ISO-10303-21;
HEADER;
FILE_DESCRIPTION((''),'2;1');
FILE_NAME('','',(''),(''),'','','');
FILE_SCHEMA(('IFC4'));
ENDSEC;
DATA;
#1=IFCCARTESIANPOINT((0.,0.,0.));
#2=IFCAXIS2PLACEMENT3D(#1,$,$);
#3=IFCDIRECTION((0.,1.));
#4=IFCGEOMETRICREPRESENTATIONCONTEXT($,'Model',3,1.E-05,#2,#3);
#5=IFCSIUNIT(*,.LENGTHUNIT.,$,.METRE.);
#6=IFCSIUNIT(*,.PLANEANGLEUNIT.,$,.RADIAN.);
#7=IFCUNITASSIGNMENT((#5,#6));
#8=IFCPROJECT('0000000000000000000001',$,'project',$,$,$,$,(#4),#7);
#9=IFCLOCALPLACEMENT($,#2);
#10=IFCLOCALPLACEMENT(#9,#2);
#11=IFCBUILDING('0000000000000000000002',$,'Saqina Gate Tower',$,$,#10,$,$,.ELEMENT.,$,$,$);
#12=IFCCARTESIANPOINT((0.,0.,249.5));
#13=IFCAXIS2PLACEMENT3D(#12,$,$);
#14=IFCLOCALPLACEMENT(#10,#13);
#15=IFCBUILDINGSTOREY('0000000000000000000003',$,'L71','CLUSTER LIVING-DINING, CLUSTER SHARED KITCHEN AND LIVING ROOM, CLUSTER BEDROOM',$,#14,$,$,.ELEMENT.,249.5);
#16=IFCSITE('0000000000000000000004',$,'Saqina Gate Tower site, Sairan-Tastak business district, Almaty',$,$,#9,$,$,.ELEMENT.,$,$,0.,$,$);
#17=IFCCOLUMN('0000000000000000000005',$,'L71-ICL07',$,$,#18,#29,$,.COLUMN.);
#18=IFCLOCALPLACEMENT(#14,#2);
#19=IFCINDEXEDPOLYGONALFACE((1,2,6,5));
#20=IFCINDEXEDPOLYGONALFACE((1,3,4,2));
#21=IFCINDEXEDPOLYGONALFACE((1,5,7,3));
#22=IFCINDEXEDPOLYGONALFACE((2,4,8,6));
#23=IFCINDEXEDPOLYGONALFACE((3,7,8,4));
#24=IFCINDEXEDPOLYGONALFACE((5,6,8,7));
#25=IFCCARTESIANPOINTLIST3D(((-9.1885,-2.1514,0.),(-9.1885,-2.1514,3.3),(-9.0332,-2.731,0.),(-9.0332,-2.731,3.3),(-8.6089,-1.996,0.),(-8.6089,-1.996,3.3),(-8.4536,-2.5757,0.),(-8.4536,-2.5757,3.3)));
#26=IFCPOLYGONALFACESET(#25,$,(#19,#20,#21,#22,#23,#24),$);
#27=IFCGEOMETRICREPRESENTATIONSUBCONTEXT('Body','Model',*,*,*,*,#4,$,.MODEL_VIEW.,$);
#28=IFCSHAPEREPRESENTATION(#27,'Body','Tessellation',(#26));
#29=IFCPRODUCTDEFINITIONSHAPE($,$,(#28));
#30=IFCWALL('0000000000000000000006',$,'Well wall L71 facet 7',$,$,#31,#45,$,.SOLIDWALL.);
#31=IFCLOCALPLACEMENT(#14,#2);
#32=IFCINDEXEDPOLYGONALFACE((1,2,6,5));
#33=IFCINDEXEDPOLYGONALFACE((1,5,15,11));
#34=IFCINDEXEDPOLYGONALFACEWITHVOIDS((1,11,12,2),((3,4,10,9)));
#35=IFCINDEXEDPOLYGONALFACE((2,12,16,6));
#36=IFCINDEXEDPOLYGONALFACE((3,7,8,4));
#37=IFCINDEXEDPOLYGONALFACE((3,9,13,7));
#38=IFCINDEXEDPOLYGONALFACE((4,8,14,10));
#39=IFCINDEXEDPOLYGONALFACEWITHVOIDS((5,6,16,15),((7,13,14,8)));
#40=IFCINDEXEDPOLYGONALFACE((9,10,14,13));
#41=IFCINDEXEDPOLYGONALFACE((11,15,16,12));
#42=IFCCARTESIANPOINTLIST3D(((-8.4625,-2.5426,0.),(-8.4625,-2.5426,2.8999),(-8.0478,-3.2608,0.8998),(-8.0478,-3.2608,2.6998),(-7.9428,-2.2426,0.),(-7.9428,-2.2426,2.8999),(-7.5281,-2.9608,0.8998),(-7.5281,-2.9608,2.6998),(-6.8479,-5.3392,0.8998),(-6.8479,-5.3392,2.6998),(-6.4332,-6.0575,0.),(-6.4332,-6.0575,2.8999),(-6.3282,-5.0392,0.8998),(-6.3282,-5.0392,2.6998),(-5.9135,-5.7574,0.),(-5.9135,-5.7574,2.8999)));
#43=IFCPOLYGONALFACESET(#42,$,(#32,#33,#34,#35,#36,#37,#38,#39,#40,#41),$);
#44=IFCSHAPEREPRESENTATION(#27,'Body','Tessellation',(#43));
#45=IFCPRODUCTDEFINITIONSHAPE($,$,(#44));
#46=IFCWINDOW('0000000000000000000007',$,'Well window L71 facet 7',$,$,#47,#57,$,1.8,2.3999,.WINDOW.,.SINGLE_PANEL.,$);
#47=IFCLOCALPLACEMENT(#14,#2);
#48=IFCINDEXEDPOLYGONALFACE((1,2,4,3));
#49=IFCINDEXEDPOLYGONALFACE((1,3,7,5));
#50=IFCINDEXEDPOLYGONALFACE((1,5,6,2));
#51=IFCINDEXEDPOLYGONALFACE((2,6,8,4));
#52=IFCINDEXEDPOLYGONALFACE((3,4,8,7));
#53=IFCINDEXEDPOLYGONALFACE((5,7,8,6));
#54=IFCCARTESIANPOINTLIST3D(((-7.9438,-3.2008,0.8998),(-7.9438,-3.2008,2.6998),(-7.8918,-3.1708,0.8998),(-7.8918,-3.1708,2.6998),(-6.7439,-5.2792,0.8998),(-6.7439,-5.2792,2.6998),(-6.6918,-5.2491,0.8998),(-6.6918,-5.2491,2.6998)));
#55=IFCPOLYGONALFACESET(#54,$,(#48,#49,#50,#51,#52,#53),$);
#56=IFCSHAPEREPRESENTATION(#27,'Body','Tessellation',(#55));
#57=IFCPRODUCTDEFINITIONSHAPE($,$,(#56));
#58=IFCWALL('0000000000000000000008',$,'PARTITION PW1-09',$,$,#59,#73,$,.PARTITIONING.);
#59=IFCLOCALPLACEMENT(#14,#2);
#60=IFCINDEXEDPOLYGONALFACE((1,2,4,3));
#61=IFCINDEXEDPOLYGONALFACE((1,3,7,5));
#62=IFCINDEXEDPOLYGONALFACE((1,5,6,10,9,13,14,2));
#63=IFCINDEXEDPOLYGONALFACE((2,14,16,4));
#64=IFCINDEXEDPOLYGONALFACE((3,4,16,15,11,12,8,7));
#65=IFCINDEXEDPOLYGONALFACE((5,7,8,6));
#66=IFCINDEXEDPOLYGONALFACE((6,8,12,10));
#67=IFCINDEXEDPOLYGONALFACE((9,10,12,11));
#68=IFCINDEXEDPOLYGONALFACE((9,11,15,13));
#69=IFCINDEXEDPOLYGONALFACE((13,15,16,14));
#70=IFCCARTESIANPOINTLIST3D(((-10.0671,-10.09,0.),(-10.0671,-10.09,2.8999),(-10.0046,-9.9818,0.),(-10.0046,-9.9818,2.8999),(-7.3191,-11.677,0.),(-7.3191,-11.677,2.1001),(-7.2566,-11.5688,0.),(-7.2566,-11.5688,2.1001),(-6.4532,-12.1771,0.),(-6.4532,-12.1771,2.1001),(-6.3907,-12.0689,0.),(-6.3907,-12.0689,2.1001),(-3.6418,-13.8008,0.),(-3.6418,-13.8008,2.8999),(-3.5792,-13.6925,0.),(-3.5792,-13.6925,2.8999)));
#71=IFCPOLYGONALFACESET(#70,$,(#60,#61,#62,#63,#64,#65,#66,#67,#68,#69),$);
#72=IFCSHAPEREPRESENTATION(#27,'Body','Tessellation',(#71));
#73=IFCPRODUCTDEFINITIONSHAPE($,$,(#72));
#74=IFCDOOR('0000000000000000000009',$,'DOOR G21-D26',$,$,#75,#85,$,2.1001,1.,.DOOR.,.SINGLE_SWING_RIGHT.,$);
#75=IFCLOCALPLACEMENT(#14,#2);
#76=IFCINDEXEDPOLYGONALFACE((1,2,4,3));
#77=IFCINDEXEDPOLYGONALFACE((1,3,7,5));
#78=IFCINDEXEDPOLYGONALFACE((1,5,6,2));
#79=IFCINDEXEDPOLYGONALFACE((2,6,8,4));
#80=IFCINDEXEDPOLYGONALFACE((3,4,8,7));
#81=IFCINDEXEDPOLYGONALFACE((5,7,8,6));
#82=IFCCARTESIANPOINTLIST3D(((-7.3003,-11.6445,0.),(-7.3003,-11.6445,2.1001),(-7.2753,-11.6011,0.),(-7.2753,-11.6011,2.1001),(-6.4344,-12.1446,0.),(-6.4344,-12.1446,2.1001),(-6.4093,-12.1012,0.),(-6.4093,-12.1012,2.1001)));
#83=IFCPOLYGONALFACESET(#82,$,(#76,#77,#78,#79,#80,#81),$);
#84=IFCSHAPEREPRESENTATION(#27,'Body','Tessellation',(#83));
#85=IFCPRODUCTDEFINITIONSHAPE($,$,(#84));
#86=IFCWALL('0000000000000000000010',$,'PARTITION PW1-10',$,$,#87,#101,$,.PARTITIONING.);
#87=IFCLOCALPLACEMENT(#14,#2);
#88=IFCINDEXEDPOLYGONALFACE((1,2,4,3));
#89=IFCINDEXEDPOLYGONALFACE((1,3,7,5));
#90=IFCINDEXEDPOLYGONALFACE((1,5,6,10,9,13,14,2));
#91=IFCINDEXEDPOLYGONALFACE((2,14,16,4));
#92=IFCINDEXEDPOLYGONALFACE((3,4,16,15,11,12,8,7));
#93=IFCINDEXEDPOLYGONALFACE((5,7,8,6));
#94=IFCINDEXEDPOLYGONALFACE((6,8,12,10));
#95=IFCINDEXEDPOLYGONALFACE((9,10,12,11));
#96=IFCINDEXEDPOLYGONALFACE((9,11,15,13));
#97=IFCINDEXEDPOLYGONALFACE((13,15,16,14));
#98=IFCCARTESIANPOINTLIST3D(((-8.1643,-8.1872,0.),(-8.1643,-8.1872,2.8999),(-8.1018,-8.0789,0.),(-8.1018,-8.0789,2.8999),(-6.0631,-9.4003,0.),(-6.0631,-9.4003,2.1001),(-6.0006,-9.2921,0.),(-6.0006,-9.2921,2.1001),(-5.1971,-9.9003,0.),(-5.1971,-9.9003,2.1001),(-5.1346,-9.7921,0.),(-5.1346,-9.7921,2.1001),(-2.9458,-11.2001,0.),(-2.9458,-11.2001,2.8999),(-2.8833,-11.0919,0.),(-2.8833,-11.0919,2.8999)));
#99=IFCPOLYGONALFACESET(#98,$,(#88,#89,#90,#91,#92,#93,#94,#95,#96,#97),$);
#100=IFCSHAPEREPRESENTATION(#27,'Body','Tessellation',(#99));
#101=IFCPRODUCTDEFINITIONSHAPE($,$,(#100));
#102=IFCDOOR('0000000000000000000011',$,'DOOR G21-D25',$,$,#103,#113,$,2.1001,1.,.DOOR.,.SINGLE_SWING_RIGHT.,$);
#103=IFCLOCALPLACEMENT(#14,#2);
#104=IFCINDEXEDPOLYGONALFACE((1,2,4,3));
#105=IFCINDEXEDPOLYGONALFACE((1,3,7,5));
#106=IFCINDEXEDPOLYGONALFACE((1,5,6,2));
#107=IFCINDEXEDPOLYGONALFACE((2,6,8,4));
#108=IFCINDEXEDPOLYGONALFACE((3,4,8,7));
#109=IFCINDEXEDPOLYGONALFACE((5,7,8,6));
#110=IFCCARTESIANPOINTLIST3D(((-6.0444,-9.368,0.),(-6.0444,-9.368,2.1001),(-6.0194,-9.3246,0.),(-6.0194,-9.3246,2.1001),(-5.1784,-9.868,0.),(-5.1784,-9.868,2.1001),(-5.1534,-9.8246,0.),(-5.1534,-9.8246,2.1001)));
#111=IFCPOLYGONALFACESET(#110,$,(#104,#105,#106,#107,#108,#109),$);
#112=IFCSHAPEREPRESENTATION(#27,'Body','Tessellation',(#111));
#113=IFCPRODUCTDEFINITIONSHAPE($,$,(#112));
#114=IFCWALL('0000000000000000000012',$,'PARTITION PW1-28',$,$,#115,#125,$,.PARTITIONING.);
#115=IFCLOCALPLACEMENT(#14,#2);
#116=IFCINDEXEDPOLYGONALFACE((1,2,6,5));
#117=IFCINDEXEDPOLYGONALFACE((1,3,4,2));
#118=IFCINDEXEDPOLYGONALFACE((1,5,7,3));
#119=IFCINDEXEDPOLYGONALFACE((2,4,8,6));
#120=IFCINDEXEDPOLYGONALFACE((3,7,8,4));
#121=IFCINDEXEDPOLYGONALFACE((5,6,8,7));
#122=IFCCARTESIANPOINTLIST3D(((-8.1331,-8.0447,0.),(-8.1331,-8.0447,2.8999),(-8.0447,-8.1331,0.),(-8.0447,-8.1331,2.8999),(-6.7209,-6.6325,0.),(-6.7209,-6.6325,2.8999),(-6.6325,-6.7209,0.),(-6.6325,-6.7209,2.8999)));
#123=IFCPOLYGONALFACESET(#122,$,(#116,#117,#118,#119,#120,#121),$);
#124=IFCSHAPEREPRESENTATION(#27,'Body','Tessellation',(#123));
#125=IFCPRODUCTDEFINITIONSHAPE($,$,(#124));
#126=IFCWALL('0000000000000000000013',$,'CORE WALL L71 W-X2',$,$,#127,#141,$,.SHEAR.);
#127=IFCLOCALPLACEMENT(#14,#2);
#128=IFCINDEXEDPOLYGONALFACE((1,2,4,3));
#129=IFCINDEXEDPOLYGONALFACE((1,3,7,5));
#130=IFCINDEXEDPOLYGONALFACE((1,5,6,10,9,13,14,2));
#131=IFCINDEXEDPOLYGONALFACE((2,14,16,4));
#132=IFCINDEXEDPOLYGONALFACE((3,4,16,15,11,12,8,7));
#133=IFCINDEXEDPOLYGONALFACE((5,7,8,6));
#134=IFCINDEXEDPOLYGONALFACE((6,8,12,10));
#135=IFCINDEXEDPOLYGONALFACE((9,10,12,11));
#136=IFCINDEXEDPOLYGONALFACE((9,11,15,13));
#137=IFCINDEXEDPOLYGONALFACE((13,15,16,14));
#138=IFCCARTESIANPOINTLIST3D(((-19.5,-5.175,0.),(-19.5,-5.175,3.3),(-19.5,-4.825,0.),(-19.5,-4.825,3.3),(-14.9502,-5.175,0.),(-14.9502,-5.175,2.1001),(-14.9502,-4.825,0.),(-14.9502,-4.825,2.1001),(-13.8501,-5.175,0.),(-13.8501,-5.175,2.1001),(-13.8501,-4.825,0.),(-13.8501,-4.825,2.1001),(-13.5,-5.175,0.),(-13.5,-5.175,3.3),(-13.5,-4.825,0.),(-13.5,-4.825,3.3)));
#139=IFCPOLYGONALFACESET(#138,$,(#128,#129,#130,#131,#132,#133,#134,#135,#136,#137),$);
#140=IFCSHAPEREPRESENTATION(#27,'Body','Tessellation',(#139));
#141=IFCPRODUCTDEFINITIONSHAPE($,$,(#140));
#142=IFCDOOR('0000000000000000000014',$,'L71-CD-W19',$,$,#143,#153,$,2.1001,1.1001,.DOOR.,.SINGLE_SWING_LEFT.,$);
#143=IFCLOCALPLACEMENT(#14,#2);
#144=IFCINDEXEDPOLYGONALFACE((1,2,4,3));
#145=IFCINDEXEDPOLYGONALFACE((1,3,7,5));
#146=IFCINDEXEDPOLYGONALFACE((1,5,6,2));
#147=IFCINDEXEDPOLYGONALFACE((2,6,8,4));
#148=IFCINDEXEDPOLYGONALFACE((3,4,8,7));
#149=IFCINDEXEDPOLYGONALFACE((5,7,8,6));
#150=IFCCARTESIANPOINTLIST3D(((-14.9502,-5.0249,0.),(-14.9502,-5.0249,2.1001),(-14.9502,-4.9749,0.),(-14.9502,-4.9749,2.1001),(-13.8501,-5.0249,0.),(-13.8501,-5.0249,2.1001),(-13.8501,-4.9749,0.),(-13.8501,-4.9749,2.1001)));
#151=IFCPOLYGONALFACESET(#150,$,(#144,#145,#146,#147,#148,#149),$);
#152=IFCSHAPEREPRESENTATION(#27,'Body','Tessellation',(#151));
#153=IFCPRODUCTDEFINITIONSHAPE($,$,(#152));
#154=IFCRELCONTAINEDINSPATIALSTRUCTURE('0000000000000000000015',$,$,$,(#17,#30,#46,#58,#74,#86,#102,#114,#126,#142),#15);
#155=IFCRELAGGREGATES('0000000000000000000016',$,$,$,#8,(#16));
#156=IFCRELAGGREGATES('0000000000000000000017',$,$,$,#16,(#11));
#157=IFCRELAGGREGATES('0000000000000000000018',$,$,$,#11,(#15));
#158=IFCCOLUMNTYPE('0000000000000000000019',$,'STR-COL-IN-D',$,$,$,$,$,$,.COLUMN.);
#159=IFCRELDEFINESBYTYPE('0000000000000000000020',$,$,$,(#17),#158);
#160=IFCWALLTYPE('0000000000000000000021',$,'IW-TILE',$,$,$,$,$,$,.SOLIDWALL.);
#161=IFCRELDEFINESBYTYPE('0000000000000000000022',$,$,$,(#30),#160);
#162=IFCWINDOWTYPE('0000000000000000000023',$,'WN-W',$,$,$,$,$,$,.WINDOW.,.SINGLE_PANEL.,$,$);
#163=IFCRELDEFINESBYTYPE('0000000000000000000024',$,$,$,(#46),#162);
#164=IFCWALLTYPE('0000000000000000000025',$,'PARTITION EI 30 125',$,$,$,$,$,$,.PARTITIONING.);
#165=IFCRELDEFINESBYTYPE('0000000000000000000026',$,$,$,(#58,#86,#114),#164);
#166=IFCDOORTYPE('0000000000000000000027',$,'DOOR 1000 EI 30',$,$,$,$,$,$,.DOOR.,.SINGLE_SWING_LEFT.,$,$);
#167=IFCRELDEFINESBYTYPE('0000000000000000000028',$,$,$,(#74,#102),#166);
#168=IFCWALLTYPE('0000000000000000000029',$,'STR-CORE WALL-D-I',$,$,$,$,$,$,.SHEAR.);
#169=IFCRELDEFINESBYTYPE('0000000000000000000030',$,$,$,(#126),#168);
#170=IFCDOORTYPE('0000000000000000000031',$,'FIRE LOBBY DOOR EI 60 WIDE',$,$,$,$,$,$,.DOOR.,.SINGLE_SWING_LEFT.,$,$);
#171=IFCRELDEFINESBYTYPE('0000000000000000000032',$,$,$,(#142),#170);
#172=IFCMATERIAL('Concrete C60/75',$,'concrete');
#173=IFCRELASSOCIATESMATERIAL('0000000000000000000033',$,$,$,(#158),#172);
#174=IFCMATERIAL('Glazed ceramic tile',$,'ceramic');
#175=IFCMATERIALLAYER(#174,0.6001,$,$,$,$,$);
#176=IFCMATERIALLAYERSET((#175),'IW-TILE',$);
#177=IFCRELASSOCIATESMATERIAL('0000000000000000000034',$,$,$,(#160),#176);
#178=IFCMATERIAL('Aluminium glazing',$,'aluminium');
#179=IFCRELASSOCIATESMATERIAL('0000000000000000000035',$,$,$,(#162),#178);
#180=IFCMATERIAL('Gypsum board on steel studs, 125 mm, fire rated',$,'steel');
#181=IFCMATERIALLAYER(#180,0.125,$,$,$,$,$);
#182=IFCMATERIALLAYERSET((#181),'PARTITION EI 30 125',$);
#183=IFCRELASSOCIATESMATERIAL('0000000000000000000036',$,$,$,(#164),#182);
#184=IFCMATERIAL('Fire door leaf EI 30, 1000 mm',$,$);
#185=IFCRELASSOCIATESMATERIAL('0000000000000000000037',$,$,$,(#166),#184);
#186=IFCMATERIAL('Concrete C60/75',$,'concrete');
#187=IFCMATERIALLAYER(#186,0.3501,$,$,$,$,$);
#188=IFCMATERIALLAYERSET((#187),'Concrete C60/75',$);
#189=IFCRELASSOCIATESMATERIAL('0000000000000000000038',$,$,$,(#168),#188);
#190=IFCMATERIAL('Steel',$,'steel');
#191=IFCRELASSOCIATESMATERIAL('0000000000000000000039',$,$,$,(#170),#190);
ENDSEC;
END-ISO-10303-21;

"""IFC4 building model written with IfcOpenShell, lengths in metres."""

from ifc_helpers import new_model, si_unit, direction, frame, frame_2d, origin, origin_2d, place, context, subcontext, project, spatial, rectangle, extrude, material, layer, layer_set, material_profile, profile_set, type_object, element, fill, save


model = new_model("IFC4")

# Units and contexts
model_context = context("Model", 3, precision=1e-05, world=origin(), true_north=direction((0.0, 1.0)))
body_context = subcontext(model_context, "Body", "Model", "MODEL_VIEW")
ifc_project = project(units=[si_unit("LENGTHUNIT", "METRE"), si_unit("PLANEANGLEUNIT", "RADIAN")], contexts=[model_context])

# Site, building, storey
site_placement = place(None, origin())
site = spatial("IfcSite", under=ifc_project, at=site_placement, Name="Saqina Gate Tower site, Sairan-Tastak business district, Almaty", CompositionType="ELEMENT", RefElevation=0.0)
building_placement = place(site_placement, origin())
building = spatial("IfcBuilding", under=site, at=building_placement, Name="Saqina Gate Tower", CompositionType="ELEMENT")
storey_placement = place(building_placement, frame((0.0, 0.0, 249.5)))
storey = spatial("IfcBuildingStorey", under=building, at=storey_placement, Name="L71", Description="CLUSTER LIVING-DINING, CLUSTER SHARED KITCHEN AND LIVING ROOM, CLUSTER BEDROOM", CompositionType="ELEMENT", Elevation=249.5)

# Column
ifc_material_1 = material(Name="Concrete C60/75", Category="concrete")
ifc_material_profile = material_profile(ifc_material_1, rectangle(XDim=0.6001, YDim=0.6001, at=origin_2d()), Name="RC 600x600")
ifc_profile_set = profile_set([ifc_material_profile], Name="Concrete C60/75")
column_type = type_object("IfcColumnType", Name="STR-COL-IN-D", PredefinedType="COLUMN", material=ifc_profile_set)
column_placement = place(storey_placement, frame((-8.821, -2.3635, 0.0), z_axis=(0.0, 0.0, 1.0), x_axis=(-0.965926, -0.258819, 0.0)))
element("IfcColumn", 1, at=column_placement, inside=storey, type_object=column_type, Name="L71-ICL07", PredefinedType="COLUMN", context=body_context, shape_type="SweptSolid", body=[
    extrude(rectangle(XDim=0.6001, YDim=0.6001, at=origin_2d()), origin(), (0.0, 0.0, 1.0), 3.3),
])

# Wall, opening, window
ifc_material_2 = material(Name="Glazed ceramic tile", Category="ceramic")
ifc_layer_1 = layer(ifc_material_2, 0.6001)
ifc_layer_set_1 = layer_set([ifc_layer_1], Name="IW-TILE")
wall_type_1 = type_object("IfcWallType", Name="IW-TILE", PredefinedType="SOLIDWALL", material=ifc_layer_set_1)
wall_1_placement = place(storey_placement, frame((-8.2026, -2.3926, 0.0), z_axis=(0.0, 0.0, 1.0), x_axis=(0.499995, -0.866028, 0.0)))
wall_1 = element("IfcWall", 2, at=wall_1_placement, inside=storey, type_object=wall_type_1, Name="Well wall L71 facet 7", PredefinedType="SOLIDWALL", context=body_context, shape_type="SweptSolid", body=[
    extrude(rectangle(XDim=4.0586, YDim=0.6001, at=frame_2d((2.0293, 0.0))), origin(), (0.0, 0.0, 1.0), 2.8999),
])
opening_1_placement = place(wall_1_placement, frame((0.8293, 0.0, 0.8999)))
opening_1 = element("IfcOpeningElement", 3, at=opening_1_placement, cuts=wall_1, PredefinedType="OPENING", context=body_context, shape_type="SweptSolid", body=[
    extrude(rectangle(XDim=2.3999, YDim=1.8, at=frame_2d((1.2, 0.8999))), frame((0.0, 0.312, 0.0), z_axis=(0.0, -1.0, 0.0), x_axis=(1.0, 0.0, 0.0)), (0.0, 0.0, 1.0), 0.624),
])
ifc_material_3 = material(Name="Aluminium glazing", Category="aluminium")
window_type = type_object("IfcWindowType", Name="WN-W", PartitioningType="SINGLE_PANEL", PredefinedType="WINDOW", material=ifc_material_3)
window_placement = place(opening_1_placement, origin())
window = element("IfcWindow", 4, at=window_placement, inside=storey, type_object=window_type, Name="Well window L71 facet 7", OverallHeight=1.8, OverallWidth=2.3999, PartitioningType="SINGLE_PANEL", PredefinedType="WINDOW", context=body_context, shape_type="SweptSolid", body=[
    extrude(rectangle(XDim=2.3999, YDim=1.8, at=frame_2d((1.2, 0.8999))), frame((0.0, -0.1199, 0.0), z_axis=(0.0, -1.0, 0.0), x_axis=(1.0, 0.0, 0.0)), (0.0, 0.0, 1.0), 0.0601),
])
fill(opening_1, window)

# Walls, openings, doors
ifc_material_4 = material(Name="Gypsum board on steel studs, 125 mm, fire rated", Category="steel")
ifc_layer_2 = layer(ifc_material_4, 0.125)
ifc_layer_set_2 = layer_set([ifc_layer_2], Name="PARTITION EI 30 125")
wall_type_2 = type_object("IfcWallType", Name="PARTITION EI 30 125", PredefinedType="PARTITIONING", material=ifc_layer_set_2)
wall_2_placement = place(storey_placement, frame((-10.0359, -10.0359, 0.0), z_axis=(0.0, 0.0, 1.0), x_axis=(0.865964, -0.500106, 0.0)))
wall_2 = element("IfcWall", 5, at=wall_2_placement, inside=storey, type_object=wall_type_2, Name="PARTITION PW1-09", PredefinedType="PARTITIONING", context=body_context, shape_type="SweptSolid", body=[
    extrude(rectangle(XDim=7.4199, YDim=0.125, at=frame_2d((3.71, 0.0))), origin(), (0.0, 0.0, 1.0), 2.8999),
])
opening_2_placement = place(wall_2_placement, frame((3.1733, 0.0, 0.0)))
opening_2 = element("IfcOpeningElement", 6, at=opening_2_placement, cuts=wall_2, PredefinedType="OPENING", context=body_context, shape_type="SweptSolid", body=[
    extrude(rectangle(XDim=1.0, YDim=2.1001, at=frame_2d((0.5, 1.05))), frame((0.0, 0.0745, 0.0), z_axis=(0.0, -1.0, 0.0), x_axis=(1.0, 0.0, 0.0)), (0.0, 0.0, 1.0), 0.1489),
])
ifc_material_5 = material(Name="Fire door leaf EI 30, 1000 mm")
door_type_1 = type_object("IfcDoorType", Name="DOOR 1000 EI 30", OperationType="SINGLE_SWING_LEFT", PredefinedType="DOOR", material=ifc_material_5)
door_1_placement = place(opening_2_placement, frame((1.0, 0.0, 0.0), z_axis=(0.0, 0.0, 1.0), x_axis=(-1.0, 0.0, 0.0)))
door_1 = element("IfcDoor", 7, at=door_1_placement, inside=storey, type_object=door_type_1, Name="DOOR G21-D26", OperationType="SINGLE_SWING_RIGHT", OverallHeight=2.1001, OverallWidth=1.0, PredefinedType="DOOR", context=body_context, shape_type="SweptSolid", body=[
    extrude(rectangle(XDim=1.0, YDim=2.1001, at=frame_2d((0.5, 1.05))), frame((0.0, 0.0249, 0.0), z_axis=(0.0, -1.0, 0.0), x_axis=(1.0, 0.0, 0.0)), (0.0, 0.0, 1.0), 0.05),
])
fill(opening_2, door_1)
wall_3_placement = place(storey_placement, frame((-8.1331, -8.1331, 0.0), z_axis=(0.0, 0.0, 1.0), x_axis=(0.866023, -0.500004, 0.0)))
wall_3 = element("IfcWall", 8, at=wall_3_placement, inside=storey, type_object=wall_type_2, Name="PARTITION PW1-10", PredefinedType="PARTITIONING", context=body_context, shape_type="SweptSolid", body=[
    extrude(rectangle(XDim=6.0259, YDim=0.125, at=frame_2d((3.0129, 0.0))), origin(), (0.0, 0.0, 1.0), 2.8999),
])
opening_3_placement = place(wall_3_placement, frame((2.4263, 0.0, 0.0)))
opening_3 = element("IfcOpeningElement", 9, at=opening_3_placement, cuts=wall_3, PredefinedType="OPENING", context=body_context, shape_type="SweptSolid", body=[
    extrude(rectangle(XDim=1.0, YDim=2.1001, at=frame_2d((0.5, 1.05))), frame((0.0, 0.0745, 0.0), z_axis=(0.0, -1.0, 0.0), x_axis=(1.0, 0.0, 0.0)), (0.0, 0.0, 1.0), 0.1489),
])
door_2_placement = place(opening_3_placement, origin())
door_2 = element("IfcDoor", 10, at=door_2_placement, inside=storey, type_object=door_type_1, Name="DOOR G21-D25", OperationType="SINGLE_SWING_RIGHT", OverallHeight=2.1001, OverallWidth=1.0, PredefinedType="DOOR", context=body_context, shape_type="SweptSolid", body=[
    extrude(rectangle(XDim=1.0, YDim=2.1001, at=frame_2d((0.5, 1.05))), frame((0.0, 0.0249, 0.0), z_axis=(0.0, -1.0, 0.0), x_axis=(1.0, 0.0, 0.0)), (0.0, 0.0, 1.0), 0.05),
])
fill(opening_3, door_2)

# Wall
wall_4_placement = place(storey_placement, frame((-8.0889, -8.0889, 0.0), z_axis=(0.0, 0.0, 1.0), x_axis=(0.707107, 0.707107, 0.0)))
element("IfcWall", 11, at=wall_4_placement, inside=storey, type_object=wall_type_2, Name="PARTITION PW1-28", PredefinedType="PARTITIONING", context=body_context, shape_type="SweptSolid", body=[
    extrude(rectangle(XDim=1.9971, YDim=0.125, at=frame_2d((0.9985, 0.0))), origin(), (0.0, 0.0, 1.0), 2.8999),
])

# Wall, opening, door
ifc_material_6 = material(Name="Concrete C60/75", Category="concrete")
ifc_layer_3 = layer(ifc_material_6, 0.3501)
ifc_layer_set_3 = layer_set([ifc_layer_3], Name="Concrete C60/75")
wall_type_3 = type_object("IfcWallType", Name="STR-CORE WALL-D-I", PredefinedType="SHEAR", material=ifc_layer_set_3)
wall_5_placement = place(storey_placement, frame((-13.5, -5.0, 0.0), z_axis=(0.0, 0.0, 1.0), x_axis=(-1.0, 0.0, 0.0)))
wall_5 = element("IfcWall", 12, at=wall_5_placement, inside=storey, type_object=wall_type_3, Name="CORE WALL L71 W-X2", PredefinedType="SHEAR", context=body_context, shape_type="SweptSolid", body=[
    extrude(rectangle(XDim=6.0, YDim=0.3501, at=frame_2d((3.0, 0.0))), origin(), (0.0, 0.0, 1.0), 3.3),
])
opening_4_placement = place(wall_5_placement, frame((0.3501, 0.0, 0.0)))
opening_4 = element("IfcOpeningElement", 13, at=opening_4_placement, cuts=wall_5, PredefinedType="OPENING", context=body_context, shape_type="SweptSolid", body=[
    extrude(rectangle(XDim=1.1001, YDim=2.1001, at=frame_2d((0.55, 1.05))), frame((0.0, 0.187, 0.0), z_axis=(0.0, -1.0, 0.0), x_axis=(1.0, 0.0, 0.0)), (0.0, 0.0, 1.0), 0.374),
])
ifc_material_7 = material(Name="Steel", Category="steel")
door_type_2 = type_object("IfcDoorType", Name="FIRE LOBBY DOOR EI 60 WIDE", OperationType="SINGLE_SWING_LEFT", PredefinedType="DOOR", material=ifc_material_7)
door_3_placement = place(opening_4_placement, origin())
door_3 = element("IfcDoor", 14, at=door_3_placement, inside=storey, type_object=door_type_2, Name="L71-CD-W19", OperationType="SINGLE_SWING_LEFT", OverallHeight=2.1001, OverallWidth=1.1001, PredefinedType="DOOR", context=body_context, shape_type="SweptSolid", body=[
    extrude(rectangle(XDim=1.1001, YDim=2.1001, at=frame_2d((0.55, 1.05))), frame((0.0, 0.0249, 0.0), z_axis=(0.0, -1.0, 0.0), x_axis=(1.0, 0.0, 0.0)), (0.0, 0.0, 1.0), 0.05),
])
fill(opening_4, door_3)

save(model, "model.ifc")
